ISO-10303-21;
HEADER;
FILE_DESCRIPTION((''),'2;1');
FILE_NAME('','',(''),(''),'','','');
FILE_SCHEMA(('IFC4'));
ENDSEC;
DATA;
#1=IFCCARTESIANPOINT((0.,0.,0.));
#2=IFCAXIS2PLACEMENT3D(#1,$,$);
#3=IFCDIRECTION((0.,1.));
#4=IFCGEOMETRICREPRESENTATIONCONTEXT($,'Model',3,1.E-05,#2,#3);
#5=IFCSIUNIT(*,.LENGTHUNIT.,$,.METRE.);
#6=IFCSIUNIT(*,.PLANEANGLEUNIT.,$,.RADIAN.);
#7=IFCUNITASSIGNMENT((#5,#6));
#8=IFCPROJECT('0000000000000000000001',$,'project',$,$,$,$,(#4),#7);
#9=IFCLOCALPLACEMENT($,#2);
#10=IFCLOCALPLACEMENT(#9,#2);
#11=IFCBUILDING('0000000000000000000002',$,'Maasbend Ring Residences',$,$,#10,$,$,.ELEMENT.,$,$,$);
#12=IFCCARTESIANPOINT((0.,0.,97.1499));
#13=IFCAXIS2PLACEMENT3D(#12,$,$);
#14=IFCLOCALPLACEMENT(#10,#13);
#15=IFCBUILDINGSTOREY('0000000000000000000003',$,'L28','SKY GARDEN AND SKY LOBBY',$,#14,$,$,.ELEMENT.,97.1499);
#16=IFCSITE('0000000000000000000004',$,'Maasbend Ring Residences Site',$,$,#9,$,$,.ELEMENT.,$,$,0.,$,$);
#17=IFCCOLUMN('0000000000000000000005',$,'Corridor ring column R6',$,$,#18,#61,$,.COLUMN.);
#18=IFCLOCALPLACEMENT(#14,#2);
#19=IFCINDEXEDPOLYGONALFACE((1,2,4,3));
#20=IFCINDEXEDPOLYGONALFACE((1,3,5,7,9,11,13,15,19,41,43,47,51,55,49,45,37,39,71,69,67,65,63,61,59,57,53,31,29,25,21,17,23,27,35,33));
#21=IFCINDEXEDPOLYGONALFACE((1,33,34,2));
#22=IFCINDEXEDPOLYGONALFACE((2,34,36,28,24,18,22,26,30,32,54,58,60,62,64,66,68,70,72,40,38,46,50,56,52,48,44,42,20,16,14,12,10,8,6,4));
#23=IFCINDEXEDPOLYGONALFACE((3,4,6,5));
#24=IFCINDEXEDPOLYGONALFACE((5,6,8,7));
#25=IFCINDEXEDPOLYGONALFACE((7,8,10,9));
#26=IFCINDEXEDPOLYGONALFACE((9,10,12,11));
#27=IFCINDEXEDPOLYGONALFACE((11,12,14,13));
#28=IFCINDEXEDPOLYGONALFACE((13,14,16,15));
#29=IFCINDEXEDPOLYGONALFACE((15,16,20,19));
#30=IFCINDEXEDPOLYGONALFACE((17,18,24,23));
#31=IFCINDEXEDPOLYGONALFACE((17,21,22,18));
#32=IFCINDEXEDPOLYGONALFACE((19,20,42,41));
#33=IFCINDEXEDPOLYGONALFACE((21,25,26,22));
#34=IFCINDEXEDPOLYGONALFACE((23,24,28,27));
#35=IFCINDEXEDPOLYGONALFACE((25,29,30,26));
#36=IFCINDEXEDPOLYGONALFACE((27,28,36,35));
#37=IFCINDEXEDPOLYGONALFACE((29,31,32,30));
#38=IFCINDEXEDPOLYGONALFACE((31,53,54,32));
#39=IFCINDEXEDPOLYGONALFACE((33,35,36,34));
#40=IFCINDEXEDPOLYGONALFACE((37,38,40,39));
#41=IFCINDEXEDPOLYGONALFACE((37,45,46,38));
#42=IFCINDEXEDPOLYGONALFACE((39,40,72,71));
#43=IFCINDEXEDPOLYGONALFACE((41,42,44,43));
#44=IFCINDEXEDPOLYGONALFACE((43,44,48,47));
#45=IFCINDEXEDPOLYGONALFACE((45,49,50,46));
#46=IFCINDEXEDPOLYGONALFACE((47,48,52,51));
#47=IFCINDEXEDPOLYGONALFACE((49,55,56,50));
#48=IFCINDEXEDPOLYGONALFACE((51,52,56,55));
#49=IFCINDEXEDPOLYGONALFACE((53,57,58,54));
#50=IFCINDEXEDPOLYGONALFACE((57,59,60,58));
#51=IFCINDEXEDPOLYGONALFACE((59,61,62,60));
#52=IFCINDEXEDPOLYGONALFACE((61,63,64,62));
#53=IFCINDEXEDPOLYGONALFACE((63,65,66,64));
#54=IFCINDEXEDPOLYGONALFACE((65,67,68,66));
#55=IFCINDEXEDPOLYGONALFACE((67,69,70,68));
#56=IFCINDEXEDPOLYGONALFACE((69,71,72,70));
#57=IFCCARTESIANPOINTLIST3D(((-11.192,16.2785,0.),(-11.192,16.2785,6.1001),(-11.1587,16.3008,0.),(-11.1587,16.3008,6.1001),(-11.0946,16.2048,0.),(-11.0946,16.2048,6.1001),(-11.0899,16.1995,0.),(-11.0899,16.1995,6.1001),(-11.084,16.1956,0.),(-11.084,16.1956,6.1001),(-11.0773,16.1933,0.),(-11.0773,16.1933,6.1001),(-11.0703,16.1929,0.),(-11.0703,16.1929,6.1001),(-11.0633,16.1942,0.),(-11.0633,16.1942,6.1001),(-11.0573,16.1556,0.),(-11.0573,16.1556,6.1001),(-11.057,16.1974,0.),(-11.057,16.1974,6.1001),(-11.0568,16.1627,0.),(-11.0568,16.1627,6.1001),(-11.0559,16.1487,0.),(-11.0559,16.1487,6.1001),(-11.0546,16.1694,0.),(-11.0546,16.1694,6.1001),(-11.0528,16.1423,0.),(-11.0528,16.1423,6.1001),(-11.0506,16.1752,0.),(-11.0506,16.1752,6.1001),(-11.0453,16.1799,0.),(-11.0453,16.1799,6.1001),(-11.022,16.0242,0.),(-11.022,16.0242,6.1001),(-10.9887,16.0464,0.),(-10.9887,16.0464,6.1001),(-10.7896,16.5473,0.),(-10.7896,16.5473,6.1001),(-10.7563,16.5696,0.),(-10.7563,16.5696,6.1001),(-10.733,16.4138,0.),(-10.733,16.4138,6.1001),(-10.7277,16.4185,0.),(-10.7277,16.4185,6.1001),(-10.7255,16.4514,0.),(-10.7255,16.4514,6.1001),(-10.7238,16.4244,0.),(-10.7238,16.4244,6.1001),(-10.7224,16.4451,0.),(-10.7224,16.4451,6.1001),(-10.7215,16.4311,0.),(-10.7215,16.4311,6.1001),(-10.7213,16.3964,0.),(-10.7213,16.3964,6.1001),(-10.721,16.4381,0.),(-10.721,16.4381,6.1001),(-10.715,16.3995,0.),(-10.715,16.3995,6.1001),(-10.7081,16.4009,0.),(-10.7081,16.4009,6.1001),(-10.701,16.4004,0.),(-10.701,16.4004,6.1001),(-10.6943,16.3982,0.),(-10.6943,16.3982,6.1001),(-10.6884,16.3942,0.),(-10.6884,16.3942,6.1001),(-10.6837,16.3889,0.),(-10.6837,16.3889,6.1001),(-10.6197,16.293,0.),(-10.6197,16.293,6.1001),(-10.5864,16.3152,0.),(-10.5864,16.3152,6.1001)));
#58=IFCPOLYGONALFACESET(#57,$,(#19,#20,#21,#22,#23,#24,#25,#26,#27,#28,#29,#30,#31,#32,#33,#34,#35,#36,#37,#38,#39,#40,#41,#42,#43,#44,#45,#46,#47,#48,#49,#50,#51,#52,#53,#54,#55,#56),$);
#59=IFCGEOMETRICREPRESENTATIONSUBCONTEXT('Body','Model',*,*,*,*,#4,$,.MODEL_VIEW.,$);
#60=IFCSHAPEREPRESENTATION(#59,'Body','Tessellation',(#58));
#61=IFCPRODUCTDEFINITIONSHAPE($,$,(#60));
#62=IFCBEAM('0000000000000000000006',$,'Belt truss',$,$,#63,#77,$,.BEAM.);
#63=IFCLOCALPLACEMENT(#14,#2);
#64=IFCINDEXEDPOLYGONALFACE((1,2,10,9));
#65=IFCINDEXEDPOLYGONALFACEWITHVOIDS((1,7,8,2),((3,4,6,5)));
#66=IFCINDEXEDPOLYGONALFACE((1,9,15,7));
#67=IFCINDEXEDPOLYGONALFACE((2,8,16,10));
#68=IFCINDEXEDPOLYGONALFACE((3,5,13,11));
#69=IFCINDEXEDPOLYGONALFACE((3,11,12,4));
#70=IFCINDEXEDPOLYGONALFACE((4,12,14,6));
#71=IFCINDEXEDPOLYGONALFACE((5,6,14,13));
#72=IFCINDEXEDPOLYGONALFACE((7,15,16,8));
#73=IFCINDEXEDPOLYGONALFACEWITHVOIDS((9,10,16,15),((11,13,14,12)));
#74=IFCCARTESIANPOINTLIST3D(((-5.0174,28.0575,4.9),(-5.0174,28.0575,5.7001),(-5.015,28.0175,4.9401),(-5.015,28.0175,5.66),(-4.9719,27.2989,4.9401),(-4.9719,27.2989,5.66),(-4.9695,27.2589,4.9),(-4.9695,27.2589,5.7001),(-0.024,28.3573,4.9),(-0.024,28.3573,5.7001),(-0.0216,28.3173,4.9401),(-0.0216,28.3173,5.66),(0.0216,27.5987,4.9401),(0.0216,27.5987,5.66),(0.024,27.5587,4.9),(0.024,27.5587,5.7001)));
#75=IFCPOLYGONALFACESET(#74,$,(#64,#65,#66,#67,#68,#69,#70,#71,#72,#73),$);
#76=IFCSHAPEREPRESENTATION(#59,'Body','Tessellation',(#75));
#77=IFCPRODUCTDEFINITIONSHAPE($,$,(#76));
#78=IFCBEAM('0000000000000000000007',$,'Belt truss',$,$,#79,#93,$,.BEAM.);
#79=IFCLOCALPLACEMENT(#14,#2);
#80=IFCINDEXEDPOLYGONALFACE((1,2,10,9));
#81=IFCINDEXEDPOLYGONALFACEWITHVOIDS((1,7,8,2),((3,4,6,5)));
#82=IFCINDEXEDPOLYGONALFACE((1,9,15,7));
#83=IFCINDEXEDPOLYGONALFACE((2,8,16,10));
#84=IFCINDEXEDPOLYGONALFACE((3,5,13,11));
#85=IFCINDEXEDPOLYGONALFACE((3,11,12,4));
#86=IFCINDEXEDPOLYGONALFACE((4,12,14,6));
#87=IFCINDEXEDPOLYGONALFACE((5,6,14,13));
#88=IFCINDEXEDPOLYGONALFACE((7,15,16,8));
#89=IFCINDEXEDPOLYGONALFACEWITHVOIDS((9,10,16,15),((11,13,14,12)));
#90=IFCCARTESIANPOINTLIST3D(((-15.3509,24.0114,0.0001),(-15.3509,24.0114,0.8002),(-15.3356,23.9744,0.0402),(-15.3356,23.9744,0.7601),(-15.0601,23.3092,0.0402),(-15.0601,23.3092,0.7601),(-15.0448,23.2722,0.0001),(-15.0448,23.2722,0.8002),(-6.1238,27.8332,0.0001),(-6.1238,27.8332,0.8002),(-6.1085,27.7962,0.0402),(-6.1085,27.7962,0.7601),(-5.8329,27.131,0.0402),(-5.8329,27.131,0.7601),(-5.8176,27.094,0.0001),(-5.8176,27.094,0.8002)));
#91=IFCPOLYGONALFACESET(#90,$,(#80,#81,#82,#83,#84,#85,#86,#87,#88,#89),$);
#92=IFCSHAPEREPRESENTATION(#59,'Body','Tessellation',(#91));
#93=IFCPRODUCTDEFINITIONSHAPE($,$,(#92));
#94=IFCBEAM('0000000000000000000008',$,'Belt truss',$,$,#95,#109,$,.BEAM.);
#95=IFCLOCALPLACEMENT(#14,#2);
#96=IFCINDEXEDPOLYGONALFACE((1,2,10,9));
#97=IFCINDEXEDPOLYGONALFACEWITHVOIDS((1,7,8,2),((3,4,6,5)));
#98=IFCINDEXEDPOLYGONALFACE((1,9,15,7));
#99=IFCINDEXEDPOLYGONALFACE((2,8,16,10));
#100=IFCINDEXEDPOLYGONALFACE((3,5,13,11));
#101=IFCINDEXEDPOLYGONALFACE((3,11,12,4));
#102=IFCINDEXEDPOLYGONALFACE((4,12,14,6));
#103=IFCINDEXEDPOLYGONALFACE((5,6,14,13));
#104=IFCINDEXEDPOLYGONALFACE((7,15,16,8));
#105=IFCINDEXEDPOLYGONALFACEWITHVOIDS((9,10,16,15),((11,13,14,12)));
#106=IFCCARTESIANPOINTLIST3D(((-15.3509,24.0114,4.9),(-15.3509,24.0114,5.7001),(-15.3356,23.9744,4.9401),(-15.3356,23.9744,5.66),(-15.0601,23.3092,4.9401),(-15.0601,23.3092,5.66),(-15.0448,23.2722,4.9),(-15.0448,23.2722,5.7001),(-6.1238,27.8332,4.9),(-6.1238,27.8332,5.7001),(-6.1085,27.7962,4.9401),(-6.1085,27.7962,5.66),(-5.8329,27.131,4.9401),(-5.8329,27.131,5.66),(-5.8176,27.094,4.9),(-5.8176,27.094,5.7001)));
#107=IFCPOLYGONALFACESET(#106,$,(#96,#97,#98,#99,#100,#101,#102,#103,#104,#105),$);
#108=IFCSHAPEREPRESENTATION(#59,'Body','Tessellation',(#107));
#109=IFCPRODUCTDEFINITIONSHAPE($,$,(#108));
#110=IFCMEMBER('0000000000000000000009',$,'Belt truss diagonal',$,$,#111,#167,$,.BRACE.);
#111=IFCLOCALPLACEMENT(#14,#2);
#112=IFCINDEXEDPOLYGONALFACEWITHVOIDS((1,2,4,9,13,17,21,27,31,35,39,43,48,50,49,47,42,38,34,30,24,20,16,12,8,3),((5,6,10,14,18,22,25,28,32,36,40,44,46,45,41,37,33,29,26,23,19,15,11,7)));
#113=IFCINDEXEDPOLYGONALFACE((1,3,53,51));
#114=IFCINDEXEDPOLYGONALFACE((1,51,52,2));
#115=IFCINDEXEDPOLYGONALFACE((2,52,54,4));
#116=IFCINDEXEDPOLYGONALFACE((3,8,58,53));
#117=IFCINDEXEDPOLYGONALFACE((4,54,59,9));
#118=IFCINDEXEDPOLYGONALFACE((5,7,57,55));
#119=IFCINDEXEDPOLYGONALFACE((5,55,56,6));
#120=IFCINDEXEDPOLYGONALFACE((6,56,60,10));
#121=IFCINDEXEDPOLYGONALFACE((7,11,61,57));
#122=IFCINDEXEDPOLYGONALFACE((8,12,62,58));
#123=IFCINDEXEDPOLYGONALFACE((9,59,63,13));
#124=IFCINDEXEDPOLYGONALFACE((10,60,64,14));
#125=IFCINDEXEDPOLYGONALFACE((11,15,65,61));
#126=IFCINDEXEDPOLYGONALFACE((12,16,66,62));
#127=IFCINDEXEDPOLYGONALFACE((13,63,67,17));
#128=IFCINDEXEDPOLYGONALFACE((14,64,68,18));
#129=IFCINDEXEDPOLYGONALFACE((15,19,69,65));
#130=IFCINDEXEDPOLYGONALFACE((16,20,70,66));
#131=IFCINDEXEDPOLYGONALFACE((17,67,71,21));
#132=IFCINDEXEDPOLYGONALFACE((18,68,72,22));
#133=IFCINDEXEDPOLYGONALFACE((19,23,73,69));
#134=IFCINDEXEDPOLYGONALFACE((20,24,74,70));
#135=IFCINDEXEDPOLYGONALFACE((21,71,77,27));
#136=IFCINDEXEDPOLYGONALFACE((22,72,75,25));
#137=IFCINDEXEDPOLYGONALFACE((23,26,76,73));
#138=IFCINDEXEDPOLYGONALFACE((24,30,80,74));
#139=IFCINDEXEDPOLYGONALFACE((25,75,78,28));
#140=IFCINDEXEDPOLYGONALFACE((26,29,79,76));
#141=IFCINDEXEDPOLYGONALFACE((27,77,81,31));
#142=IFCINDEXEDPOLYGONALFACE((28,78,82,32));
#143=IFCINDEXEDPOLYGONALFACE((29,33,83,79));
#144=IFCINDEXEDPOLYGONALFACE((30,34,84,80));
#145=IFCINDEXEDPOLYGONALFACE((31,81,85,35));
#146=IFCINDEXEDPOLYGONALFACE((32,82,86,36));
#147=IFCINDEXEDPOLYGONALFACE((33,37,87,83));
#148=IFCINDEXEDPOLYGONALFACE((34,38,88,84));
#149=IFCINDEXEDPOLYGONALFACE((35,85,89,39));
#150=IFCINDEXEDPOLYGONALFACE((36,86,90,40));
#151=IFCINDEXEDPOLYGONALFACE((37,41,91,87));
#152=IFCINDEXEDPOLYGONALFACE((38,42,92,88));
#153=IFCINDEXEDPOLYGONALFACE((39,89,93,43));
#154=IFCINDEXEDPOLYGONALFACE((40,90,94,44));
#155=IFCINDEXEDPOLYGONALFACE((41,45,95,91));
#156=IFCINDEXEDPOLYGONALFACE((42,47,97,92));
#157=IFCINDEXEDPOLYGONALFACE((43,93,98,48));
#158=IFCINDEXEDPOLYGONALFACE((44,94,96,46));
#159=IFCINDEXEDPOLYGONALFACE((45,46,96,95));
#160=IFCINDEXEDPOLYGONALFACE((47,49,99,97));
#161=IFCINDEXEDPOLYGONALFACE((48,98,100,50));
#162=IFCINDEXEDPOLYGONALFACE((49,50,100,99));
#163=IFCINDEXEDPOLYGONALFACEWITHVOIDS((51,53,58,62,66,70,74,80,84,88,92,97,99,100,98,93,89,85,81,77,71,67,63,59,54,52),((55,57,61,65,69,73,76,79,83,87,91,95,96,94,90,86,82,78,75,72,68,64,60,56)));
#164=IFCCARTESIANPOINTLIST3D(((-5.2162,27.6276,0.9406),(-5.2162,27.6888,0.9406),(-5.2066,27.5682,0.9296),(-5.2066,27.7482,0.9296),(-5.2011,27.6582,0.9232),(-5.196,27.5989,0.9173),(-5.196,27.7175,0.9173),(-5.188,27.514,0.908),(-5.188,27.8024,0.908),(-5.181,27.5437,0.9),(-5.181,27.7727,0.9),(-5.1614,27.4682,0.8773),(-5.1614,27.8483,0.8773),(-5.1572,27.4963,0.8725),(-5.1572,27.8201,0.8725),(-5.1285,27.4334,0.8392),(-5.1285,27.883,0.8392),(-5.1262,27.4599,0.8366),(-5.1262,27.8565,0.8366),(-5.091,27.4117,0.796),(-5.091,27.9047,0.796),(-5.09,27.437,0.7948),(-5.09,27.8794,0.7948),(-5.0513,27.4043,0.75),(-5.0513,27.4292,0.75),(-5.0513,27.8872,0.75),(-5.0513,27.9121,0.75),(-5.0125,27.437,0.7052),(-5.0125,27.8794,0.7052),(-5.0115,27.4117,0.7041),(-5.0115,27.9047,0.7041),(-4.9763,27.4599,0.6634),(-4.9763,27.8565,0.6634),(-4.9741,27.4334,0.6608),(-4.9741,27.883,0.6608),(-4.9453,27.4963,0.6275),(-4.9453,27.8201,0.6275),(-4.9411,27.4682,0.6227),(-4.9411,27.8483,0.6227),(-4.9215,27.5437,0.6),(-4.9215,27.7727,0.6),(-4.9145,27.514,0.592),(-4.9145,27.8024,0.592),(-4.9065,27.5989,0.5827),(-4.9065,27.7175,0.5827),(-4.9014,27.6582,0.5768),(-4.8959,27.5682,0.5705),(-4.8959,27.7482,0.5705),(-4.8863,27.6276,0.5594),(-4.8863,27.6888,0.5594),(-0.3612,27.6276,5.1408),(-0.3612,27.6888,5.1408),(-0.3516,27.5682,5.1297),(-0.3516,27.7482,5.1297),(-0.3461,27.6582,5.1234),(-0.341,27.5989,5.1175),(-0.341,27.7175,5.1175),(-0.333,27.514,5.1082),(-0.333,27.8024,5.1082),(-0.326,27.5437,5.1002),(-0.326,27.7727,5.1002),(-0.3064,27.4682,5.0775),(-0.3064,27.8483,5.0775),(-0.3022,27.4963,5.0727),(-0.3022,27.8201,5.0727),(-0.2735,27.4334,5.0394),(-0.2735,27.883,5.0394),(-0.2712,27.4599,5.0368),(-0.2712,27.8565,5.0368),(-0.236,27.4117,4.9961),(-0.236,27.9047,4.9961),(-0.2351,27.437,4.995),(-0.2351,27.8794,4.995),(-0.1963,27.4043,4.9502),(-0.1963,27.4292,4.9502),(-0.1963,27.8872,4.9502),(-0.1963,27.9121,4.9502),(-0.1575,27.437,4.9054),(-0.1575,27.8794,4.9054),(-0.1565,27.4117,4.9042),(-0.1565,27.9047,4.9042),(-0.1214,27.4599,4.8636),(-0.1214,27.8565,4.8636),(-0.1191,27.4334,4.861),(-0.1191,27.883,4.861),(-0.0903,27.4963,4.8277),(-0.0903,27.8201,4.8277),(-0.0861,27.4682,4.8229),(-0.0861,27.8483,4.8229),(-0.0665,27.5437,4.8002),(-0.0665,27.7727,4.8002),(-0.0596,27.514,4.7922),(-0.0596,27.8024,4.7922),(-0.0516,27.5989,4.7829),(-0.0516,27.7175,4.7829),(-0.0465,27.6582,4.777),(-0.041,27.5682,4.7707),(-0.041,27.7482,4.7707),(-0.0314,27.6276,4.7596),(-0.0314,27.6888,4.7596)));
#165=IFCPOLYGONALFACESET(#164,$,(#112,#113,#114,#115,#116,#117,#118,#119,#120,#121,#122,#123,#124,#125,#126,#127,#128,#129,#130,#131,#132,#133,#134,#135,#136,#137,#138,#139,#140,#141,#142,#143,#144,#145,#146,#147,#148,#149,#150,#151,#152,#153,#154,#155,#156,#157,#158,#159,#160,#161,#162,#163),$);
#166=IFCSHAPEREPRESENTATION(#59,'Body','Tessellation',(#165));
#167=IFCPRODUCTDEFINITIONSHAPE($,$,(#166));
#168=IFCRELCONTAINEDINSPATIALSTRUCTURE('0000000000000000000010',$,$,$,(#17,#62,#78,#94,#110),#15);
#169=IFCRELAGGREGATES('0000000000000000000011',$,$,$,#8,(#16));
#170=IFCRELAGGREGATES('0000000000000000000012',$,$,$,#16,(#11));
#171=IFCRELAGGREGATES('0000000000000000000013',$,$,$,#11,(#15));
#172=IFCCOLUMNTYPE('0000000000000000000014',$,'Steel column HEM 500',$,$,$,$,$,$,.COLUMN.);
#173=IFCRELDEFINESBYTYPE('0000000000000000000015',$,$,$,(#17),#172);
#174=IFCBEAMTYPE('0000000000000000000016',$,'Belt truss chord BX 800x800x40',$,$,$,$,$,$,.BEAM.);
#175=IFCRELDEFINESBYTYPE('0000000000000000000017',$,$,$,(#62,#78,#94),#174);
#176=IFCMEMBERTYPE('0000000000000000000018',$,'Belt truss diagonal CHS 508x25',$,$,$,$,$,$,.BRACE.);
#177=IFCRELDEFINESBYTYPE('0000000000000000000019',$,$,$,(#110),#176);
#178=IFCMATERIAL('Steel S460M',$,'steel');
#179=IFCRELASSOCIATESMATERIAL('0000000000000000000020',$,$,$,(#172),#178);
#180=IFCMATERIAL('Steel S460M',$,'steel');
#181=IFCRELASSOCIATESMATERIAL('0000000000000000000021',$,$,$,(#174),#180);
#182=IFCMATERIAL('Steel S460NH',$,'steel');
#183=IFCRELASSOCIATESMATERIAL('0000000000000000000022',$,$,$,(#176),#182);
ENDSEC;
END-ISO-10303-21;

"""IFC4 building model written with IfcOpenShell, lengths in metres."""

from ifc_helpers import new_model, si_unit, direction, frame, origin, origin_2d, place, context, subcontext, project, spatial, hollow_rectangle, hollow_circle, i_section, extrude, material, material_profile, profile_set, type_object, element, save


model = new_model("IFC4")

# Units and contexts
model_context = context("Model", 3, precision=1e-05, world=origin(), true_north=direction((0.0, 1.0)))
body_context = subcontext(model_context, "Body", "Model", "MODEL_VIEW")
ifc_project = project(units=[si_unit("LENGTHUNIT", "METRE"), si_unit("PLANEANGLEUNIT", "RADIAN")], contexts=[model_context])

# Site, building, storey
site_placement = place(None, origin())
site = spatial("IfcSite", under=ifc_project, at=site_placement, Name="Maasbend Ring Residences Site", CompositionType="ELEMENT", RefElevation=0.0)
building_placement = place(site_placement, origin())
building = spatial("IfcBuilding", under=site, at=building_placement, Name="Maasbend Ring Residences", CompositionType="ELEMENT")
storey_placement = place(building_placement, frame((0.0, 0.0, 97.1499)))
storey = spatial("IfcBuildingStorey", under=building, at=storey_placement, Name="L28", Description="SKY GARDEN AND SKY LOBBY", CompositionType="ELEMENT", Elevation=97.1499)

# Column
ifc_material_1 = material(Name="Steel S460M", Category="steel")
ifc_material_profile_1 = material_profile(ifc_material_1, i_section(OverallWidth=0.3059, OverallDepth=0.5239, WebThickness=0.021, FlangeThickness=0.04, FilletRadius=0.0271, at=origin_2d()), Name="HEM 500")
ifc_profile_set_1 = profile_set([ifc_material_profile_1], Name="Steel S460M")
column_type_1 = type_object("IfcColumnType", Name="Steel column HEM 500", PredefinedType="COLUMN", material=ifc_profile_set_1)
for number, where, z_axis, x_axis, name in (
    (1, (-10.8892, 16.2969, 0.0), (0.0, 0.0, 1.0), (-0.55557, 0.83147, 0.0), "Corridor ring column R6"),
):
    element("IfcColumn", number, at=place(storey_placement, frame(where, z_axis=z_axis, x_axis=x_axis)), inside=storey, type_object=column_type_1, Name=name, PredefinedType="COLUMN", context=body_context, shape_type="SweptSolid", body=[
        extrude(i_section(OverallWidth=0.3059, OverallDepth=0.5239, WebThickness=0.021, FlangeThickness=0.04, FilletRadius=0.0271, at=origin_2d()), origin(), (0.0, 0.0, 1.0), 6.1001),
    ])

# Beams
ifc_material_2 = material(Name="Steel S460M", Category="steel")
ifc_material_profile_2 = material_profile(ifc_material_2, hollow_rectangle(XDim=0.8, YDim=0.8, WallThickness=0.04, at=origin_2d()), Name="Belt truss chord BX 800x800x40")
ifc_profile_set_2 = profile_set([ifc_material_profile_2], Name="Steel S460M")
beam_type_1 = type_object("IfcBeamType", Name="Belt truss chord BX 800x800x40", PredefinedType="BEAM", material=ifc_profile_set_2)
beam_placement = place(storey_placement, frame((0.0, 27.958, 5.3), z_axis=(-0.998202, -0.059932, 0.0), x_axis=(0.059932, -0.998202, 0.0)))
element("IfcBeam", 2, at=beam_placement, inside=storey, type_object=beam_type_1, Name="Belt truss", PredefinedType="BEAM", context=body_context, shape_type="SweptSolid", body=[
    extrude(hollow_rectangle(XDim=0.8, YDim=0.8, WallThickness=0.04, at=origin_2d()), origin(), (0.0, 0.0, 1.0), 5.0024),
])
for number, where, z_axis, x_axis, name in (
    (3, (-5.9707, 27.4636, 0.4001), (-0.923886, -0.382667, 0.0), (0.382667, -0.923886, 0.0), "Belt truss"),
    (4, (-5.9707, 27.4636, 5.3), (-0.923886, -0.382667, 0.0), (0.382667, -0.923886, 0.0), "Belt truss"),
):
    element("IfcBeam", number, at=place(storey_placement, frame(where, z_axis=z_axis, x_axis=x_axis)), inside=storey, type_object=beam_type_1, Name=name, PredefinedType="BEAM", context=body_context, shape_type="SweptSolid", body=[
        extrude(hollow_rectangle(XDim=0.8, YDim=0.8, WallThickness=0.04, at=origin_2d()), origin(), (0.0, 0.0, 1.0), 9.9873),
    ])

# Member
ifc_material_3 = material(Name="Steel S460NH", Category="steel")
ifc_material_profile_3 = material_profile(ifc_material_3, hollow_circle(Radius=0.2539, WallThickness=0.0249, at=origin_2d()), Name="Belt truss diagonal CHS 508x25")
ifc_profile_set_3 = profile_set([ifc_material_profile_3], Name="Steel S460NH")
member_type_1 = type_object("IfcMemberType", Name="Belt truss diagonal CHS 508x25", PredefinedType="BRACE", material=ifc_profile_set_3)
member_placement = place(storey_placement, frame((-0.1963, 27.6582, 4.9502), z_axis=(-0.756263, 0.0, -0.654267), x_axis=(0.0, -1.0, 0.0)))
element("IfcMember", 5, at=member_placement, inside=storey, type_object=member_type_1, Name="Belt truss diagonal", PredefinedType="BRACE", context=body_context, shape_type="SweptSolid", body=[
    extrude(hollow_circle(Radius=0.2539, WallThickness=0.0249, at=origin_2d()), origin(), (0.0, 0.0, 1.0), 6.4197),
])

save(model, "model.ifc")
